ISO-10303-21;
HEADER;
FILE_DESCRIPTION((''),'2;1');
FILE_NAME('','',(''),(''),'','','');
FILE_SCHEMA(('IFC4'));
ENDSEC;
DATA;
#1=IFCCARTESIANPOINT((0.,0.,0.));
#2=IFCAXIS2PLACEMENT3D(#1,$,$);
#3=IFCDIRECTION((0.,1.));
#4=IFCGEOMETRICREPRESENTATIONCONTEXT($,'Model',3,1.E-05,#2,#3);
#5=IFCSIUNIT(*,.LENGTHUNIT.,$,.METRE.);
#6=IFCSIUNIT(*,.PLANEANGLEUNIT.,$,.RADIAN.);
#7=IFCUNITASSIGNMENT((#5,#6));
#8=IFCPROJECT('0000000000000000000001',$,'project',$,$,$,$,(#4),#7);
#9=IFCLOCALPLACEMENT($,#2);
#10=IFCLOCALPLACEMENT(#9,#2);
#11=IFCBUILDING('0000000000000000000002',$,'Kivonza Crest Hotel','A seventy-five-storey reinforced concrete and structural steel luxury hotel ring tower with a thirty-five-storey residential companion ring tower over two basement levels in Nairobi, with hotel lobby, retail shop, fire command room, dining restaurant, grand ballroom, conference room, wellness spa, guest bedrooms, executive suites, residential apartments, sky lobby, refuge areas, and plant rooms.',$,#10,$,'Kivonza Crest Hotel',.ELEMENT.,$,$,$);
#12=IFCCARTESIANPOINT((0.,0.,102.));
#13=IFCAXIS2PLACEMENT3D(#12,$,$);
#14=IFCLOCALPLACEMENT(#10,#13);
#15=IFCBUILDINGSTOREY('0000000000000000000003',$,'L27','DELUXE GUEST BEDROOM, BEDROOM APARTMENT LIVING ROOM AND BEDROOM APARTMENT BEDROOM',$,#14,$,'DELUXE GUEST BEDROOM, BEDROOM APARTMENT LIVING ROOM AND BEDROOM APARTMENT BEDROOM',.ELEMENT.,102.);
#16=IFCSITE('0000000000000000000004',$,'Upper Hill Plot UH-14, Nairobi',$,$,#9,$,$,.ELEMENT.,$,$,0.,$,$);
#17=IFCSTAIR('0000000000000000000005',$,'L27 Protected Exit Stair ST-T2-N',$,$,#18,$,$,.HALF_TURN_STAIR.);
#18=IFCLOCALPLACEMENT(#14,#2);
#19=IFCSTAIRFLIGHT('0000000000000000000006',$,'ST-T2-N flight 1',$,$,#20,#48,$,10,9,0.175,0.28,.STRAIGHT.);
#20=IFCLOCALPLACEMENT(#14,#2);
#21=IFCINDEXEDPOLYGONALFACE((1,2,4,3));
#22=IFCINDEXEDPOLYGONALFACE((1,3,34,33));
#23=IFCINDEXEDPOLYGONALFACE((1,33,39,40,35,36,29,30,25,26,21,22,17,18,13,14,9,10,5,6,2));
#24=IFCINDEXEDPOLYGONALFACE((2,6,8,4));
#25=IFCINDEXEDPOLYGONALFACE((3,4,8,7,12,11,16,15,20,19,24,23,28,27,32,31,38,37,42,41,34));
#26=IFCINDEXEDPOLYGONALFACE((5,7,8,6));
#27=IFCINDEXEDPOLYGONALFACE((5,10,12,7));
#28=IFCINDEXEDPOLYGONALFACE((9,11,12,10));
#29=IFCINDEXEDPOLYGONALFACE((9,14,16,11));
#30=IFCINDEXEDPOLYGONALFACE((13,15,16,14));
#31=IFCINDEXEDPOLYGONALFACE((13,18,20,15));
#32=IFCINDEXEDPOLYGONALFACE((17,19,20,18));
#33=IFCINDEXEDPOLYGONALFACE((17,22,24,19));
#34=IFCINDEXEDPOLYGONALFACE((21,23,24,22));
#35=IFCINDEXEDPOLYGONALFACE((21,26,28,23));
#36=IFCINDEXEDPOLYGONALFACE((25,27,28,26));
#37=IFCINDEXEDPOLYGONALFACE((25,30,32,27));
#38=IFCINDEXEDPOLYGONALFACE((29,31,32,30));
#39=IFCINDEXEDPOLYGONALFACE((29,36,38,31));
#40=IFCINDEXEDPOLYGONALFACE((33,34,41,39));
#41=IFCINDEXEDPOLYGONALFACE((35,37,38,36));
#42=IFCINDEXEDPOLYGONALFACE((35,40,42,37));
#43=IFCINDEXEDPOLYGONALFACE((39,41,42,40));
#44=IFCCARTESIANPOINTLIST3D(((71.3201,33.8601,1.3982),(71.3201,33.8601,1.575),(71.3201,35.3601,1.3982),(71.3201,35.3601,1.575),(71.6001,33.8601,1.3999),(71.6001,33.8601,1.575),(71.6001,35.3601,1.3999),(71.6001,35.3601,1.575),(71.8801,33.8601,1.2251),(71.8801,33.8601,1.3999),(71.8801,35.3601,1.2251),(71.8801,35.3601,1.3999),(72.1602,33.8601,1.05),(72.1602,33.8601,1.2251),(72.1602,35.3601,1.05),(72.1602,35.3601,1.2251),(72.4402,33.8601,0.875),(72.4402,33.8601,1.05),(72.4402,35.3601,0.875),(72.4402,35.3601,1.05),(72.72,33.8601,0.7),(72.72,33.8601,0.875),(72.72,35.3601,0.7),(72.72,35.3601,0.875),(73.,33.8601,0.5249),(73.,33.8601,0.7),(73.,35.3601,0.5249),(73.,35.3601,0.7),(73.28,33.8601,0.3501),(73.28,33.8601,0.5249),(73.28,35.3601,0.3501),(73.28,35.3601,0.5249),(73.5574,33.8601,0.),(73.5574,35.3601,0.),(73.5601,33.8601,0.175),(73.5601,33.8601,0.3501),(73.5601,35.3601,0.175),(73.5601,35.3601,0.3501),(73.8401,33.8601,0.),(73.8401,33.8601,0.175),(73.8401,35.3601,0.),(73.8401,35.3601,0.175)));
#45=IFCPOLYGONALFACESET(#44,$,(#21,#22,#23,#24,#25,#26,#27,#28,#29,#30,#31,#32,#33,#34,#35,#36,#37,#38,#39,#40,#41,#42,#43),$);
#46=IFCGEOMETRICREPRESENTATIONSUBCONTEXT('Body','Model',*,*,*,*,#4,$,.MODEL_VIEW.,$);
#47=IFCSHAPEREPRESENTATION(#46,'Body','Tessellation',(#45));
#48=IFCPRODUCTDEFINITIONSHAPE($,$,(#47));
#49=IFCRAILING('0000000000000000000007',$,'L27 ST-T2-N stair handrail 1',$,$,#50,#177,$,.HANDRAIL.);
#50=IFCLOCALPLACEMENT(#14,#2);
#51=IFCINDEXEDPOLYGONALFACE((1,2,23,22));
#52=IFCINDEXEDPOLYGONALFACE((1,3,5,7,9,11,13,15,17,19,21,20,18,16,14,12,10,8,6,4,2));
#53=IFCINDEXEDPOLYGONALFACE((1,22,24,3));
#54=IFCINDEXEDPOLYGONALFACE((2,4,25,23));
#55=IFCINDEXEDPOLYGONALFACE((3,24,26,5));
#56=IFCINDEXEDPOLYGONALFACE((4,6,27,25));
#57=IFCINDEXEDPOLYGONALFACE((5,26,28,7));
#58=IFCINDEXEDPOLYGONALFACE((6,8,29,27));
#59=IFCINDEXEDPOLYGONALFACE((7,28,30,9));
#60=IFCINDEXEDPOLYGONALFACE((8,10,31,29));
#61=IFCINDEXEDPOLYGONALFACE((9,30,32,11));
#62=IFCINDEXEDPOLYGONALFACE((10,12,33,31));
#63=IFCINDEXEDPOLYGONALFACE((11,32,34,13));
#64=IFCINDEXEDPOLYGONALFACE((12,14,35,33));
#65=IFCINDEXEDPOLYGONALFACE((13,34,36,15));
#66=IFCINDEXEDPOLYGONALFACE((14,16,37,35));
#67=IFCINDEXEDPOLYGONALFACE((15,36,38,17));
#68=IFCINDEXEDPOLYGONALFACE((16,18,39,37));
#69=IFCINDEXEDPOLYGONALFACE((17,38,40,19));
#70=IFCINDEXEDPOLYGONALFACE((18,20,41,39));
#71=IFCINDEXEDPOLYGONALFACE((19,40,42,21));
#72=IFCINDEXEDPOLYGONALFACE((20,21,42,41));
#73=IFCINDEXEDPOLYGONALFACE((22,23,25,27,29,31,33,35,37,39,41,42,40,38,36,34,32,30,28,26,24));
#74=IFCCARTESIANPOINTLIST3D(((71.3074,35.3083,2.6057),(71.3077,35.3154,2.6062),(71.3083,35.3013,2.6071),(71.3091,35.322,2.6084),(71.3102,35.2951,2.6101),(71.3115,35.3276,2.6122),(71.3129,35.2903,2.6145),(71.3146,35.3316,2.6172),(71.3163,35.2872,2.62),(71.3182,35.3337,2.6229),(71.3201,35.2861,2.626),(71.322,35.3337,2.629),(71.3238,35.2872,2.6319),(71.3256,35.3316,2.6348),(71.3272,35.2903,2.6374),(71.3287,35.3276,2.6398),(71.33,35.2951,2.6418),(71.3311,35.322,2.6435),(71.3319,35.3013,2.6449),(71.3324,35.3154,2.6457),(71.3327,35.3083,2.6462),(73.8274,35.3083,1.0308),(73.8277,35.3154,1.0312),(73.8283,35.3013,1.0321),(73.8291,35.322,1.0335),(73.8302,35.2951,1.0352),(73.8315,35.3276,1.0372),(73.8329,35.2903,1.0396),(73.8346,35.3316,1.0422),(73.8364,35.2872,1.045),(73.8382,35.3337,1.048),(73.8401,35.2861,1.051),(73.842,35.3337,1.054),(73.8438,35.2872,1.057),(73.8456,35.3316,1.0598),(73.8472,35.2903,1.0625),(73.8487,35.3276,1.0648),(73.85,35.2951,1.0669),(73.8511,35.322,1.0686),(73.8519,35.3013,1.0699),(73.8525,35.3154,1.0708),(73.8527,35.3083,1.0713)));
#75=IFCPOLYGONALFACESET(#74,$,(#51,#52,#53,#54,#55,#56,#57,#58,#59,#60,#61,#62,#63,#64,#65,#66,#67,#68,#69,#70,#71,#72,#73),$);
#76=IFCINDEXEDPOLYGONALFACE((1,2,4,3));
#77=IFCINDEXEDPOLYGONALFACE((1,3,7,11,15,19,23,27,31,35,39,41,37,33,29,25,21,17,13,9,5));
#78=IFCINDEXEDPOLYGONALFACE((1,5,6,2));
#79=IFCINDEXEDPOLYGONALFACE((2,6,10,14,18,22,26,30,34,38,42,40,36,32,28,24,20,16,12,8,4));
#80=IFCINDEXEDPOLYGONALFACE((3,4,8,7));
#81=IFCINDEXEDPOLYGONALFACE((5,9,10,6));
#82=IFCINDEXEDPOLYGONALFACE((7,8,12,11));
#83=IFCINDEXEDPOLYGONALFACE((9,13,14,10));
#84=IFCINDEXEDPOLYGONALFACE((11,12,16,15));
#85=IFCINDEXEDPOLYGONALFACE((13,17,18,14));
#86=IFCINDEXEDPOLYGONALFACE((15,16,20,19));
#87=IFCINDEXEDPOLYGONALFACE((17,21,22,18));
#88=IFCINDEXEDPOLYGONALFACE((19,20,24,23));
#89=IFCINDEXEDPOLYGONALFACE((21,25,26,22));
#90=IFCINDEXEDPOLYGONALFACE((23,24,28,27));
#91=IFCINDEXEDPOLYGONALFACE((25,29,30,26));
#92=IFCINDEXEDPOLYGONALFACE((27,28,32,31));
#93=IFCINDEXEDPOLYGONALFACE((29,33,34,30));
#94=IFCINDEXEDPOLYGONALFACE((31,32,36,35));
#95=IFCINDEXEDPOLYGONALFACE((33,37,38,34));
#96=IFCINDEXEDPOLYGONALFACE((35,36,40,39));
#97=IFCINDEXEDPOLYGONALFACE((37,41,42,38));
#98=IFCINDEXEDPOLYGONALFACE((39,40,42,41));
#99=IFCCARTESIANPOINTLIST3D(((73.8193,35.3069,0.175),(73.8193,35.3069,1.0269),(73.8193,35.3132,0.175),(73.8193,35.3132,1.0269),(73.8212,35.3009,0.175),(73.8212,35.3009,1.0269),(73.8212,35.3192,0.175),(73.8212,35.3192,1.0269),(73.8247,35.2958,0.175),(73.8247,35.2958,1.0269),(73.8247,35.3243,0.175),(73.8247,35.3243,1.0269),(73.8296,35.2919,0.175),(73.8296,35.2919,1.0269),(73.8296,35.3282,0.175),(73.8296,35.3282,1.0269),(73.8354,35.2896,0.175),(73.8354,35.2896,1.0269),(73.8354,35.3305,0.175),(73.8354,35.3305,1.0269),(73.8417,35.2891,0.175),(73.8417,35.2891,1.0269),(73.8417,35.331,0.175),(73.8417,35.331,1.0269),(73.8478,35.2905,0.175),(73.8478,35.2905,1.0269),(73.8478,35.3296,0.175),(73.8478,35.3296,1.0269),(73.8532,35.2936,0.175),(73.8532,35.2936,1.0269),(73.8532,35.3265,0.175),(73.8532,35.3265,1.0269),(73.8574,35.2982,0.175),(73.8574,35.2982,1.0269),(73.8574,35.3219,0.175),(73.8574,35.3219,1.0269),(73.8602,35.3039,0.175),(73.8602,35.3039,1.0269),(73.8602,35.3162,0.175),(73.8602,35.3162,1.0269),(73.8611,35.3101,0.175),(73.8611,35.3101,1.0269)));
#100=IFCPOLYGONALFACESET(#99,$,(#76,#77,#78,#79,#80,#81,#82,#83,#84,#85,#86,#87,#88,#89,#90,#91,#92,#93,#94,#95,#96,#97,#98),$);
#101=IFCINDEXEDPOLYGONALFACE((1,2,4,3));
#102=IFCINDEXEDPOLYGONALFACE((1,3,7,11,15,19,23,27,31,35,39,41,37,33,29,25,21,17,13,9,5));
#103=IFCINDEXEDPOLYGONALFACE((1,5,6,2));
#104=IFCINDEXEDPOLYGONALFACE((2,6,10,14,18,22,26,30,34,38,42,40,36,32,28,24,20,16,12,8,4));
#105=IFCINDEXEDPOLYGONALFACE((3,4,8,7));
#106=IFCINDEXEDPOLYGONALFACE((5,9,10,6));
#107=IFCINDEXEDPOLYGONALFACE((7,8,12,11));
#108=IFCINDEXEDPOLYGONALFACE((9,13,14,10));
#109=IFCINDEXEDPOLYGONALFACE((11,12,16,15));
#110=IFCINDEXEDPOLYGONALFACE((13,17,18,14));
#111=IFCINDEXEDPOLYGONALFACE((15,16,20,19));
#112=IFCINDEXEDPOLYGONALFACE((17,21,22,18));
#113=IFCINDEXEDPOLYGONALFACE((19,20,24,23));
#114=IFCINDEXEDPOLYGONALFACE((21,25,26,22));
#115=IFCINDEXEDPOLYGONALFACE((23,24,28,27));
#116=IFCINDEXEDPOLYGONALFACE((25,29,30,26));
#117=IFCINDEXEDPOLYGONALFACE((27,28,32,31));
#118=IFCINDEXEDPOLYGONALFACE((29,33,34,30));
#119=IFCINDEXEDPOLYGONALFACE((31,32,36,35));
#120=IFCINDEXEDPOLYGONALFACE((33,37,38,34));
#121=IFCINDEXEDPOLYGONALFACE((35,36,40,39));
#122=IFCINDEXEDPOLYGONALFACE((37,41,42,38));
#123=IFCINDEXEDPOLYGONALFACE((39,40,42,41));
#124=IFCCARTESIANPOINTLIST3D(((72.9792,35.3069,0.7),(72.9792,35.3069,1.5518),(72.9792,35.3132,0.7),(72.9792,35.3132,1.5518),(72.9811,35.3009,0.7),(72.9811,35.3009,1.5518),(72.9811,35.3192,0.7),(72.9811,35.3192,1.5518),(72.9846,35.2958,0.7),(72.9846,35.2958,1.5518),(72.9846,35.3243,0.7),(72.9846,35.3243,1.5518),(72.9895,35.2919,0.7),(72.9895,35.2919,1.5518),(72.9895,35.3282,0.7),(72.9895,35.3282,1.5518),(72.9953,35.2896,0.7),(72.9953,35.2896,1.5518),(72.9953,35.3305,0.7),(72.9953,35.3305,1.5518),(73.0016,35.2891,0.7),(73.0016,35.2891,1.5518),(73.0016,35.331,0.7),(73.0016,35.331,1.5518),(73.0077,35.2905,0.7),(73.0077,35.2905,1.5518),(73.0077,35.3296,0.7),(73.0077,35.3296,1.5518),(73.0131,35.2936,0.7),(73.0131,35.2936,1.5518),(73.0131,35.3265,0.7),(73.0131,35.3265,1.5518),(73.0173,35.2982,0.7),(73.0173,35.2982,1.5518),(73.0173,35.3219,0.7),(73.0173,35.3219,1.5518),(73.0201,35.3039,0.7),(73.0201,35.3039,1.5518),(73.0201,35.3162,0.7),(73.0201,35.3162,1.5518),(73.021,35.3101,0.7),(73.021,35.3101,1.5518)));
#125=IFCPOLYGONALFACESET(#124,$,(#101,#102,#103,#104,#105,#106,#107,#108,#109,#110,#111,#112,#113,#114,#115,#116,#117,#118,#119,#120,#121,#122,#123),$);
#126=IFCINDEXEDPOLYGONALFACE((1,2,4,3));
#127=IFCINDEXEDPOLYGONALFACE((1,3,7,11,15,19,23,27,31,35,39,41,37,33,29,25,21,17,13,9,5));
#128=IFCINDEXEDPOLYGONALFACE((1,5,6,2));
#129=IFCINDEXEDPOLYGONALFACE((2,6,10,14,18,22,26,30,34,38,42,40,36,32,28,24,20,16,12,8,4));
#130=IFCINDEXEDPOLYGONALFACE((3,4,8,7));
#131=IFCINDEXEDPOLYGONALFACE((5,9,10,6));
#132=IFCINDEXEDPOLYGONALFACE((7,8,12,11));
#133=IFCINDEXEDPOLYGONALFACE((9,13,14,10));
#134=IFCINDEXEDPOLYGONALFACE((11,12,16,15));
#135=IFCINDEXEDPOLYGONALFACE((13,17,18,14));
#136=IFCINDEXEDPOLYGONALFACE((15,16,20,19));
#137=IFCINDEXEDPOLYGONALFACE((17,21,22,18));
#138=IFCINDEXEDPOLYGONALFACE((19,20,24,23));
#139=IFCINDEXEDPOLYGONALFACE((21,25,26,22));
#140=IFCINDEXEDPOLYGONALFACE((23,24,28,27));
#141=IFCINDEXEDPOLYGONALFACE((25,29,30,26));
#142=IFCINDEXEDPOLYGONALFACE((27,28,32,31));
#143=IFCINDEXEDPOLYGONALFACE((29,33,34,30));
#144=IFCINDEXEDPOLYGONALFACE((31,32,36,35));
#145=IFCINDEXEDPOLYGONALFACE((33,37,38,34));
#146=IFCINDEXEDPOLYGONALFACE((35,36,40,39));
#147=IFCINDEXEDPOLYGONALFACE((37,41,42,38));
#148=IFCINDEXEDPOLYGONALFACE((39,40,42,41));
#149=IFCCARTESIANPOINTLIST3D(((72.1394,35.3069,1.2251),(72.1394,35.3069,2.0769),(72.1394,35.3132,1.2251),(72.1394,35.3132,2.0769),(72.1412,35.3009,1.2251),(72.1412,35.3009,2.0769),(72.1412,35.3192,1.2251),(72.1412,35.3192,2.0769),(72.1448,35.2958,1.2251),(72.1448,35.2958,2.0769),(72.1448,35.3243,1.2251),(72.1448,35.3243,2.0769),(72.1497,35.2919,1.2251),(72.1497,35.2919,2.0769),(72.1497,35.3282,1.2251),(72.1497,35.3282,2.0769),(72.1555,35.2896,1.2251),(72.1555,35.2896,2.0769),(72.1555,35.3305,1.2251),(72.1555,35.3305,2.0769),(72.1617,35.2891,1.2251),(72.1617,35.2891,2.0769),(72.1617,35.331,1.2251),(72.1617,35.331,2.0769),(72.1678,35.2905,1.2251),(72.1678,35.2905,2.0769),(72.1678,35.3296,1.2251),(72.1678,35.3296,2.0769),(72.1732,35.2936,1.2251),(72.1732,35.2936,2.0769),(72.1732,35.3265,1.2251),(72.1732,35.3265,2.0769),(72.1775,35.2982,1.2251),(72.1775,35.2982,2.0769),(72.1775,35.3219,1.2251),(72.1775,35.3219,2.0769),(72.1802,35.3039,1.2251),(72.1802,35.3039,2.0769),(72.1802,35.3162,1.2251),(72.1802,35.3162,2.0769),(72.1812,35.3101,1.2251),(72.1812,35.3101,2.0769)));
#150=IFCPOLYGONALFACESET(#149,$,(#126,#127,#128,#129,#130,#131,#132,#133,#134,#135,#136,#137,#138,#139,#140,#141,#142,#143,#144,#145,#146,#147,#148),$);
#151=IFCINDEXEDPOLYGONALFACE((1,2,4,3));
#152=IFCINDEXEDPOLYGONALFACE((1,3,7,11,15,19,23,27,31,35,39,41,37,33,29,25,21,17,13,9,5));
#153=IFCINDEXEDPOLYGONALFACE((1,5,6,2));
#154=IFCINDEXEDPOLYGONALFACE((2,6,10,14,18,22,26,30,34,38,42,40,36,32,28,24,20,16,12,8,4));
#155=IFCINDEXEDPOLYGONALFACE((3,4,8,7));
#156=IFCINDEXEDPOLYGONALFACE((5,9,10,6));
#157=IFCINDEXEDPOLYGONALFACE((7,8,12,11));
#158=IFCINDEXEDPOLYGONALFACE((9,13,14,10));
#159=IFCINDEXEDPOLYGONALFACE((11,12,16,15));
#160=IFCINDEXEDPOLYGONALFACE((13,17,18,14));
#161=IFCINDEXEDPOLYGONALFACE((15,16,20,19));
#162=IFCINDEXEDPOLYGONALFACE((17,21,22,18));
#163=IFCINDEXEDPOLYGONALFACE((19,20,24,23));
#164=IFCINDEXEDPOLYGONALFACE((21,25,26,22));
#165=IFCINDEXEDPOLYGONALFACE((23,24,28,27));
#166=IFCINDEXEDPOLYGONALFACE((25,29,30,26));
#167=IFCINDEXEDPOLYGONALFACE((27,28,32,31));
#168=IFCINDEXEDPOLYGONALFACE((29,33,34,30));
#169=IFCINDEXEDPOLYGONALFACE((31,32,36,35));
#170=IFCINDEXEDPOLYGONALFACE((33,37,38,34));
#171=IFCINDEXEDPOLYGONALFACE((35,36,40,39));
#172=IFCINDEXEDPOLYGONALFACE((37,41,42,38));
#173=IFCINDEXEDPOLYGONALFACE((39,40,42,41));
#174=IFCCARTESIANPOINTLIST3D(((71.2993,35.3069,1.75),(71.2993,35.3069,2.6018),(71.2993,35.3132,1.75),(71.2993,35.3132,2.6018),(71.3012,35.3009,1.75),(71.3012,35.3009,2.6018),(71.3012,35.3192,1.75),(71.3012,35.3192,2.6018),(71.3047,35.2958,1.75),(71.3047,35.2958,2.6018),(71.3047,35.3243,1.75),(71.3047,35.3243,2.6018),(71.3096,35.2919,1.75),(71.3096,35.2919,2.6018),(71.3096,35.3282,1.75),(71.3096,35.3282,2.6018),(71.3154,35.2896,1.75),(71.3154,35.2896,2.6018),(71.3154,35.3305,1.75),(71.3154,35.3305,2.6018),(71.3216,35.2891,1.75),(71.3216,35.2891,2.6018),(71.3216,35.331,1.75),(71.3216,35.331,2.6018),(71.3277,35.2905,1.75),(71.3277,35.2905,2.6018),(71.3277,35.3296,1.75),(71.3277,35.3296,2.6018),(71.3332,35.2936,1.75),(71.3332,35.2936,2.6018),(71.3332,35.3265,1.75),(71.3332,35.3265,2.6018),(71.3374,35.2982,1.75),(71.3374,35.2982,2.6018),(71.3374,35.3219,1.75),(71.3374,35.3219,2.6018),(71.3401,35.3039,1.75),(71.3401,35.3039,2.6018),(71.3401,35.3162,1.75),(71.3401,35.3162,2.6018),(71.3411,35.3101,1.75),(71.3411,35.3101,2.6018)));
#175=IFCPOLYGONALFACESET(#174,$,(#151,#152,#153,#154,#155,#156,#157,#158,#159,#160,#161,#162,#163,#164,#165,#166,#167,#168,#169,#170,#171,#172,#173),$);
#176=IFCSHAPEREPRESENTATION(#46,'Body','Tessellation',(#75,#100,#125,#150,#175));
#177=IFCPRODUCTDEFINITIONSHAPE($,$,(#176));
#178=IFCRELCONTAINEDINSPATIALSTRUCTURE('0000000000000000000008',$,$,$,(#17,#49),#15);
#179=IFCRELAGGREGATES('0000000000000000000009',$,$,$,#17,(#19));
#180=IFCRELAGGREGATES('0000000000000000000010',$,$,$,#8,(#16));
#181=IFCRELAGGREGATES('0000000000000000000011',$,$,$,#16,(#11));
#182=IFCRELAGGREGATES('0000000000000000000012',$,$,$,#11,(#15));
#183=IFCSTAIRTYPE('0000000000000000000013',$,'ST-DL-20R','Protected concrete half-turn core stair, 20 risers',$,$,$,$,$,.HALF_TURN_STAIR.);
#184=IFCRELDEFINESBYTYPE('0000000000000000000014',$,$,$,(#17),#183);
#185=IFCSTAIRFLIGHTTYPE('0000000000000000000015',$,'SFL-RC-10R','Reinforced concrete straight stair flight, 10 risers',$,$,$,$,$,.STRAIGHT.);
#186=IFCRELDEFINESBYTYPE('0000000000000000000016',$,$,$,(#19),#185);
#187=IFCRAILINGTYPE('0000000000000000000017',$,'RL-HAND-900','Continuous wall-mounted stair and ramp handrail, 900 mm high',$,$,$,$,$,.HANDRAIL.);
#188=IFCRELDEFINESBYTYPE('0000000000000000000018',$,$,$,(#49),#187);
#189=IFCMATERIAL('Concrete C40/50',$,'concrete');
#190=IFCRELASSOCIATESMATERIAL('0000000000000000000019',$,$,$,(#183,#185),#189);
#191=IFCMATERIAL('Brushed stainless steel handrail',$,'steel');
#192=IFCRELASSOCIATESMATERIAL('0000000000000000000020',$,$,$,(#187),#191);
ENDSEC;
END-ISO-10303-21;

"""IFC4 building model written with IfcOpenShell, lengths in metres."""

from ifc_helpers import new_model, si_unit, direction, frame, origin, origin_2d, place, context, subcontext, project, spatial, polyline, circle, outline, extrude, material, type_object, element, aggregate, save


model = new_model("IFC4")

# Units and contexts
model_context = context("Model", 3, precision=1e-05, world=origin(), true_north=direction((0.0, 1.0)))
body_context = subcontext(model_context, "Body", "Model", "MODEL_VIEW")
ifc_project = project(units=[si_unit("LENGTHUNIT", "METRE"), si_unit("PLANEANGLEUNIT", "RADIAN")], contexts=[model_context])

# Site, building, storey
site_placement = place(None, origin())
site = spatial("IfcSite", under=ifc_project, at=site_placement, Name="Upper Hill Plot UH-14, Nairobi", CompositionType="ELEMENT", RefElevation=0.0)
building_placement = place(site_placement, origin())
building = spatial("IfcBuilding", under=site, at=building_placement, Name="Kivonza Crest Hotel", Description="A seventy-five-storey reinforced concrete and structural steel luxury hotel ring tower with a thirty-five-storey residential companion ring tower over two basement levels in Nairobi, with hotel lobby, retail shop, fire command room, dining restaurant, grand ballroom, conference room, wellness spa, guest bedrooms, executive suites, residential apartments, sky lobby, refuge areas, and plant rooms.", LongName="Kivonza Crest Hotel", CompositionType="ELEMENT")
storey_placement = place(building_placement, frame((0.0, 0.0, 102.0)))
storey = spatial("IfcBuildingStorey", under=building, at=storey_placement, Name="L27", Description="DELUXE GUEST BEDROOM, BEDROOM APARTMENT LIVING ROOM AND BEDROOM APARTMENT BEDROOM", LongName="DELUXE GUEST BEDROOM, BEDROOM APARTMENT LIVING ROOM AND BEDROOM APARTMENT BEDROOM", CompositionType="ELEMENT", Elevation=102.0)

# Stair, stair flight
ifc_material_1 = material(Name="Concrete C40/50", Category="concrete")
stair_type = type_object("IfcStairType", Name="ST-DL-20R", Description="Protected concrete half-turn core stair, 20 risers", PredefinedType="HALF_TURN_STAIR", material=ifc_material_1)
stair_placement = place(storey_placement, origin())
stair = element("IfcStair", 1, at=stair_placement, inside=storey, type_object=stair_type, Name="L27 Protected Exit Stair ST-T2-N", PredefinedType="HALF_TURN_STAIR")
stair_flight_type = type_object("IfcStairFlightType", Name="SFL-RC-10R", Description="Reinforced concrete straight stair flight, 10 risers", PredefinedType="STRAIGHT", material=ifc_material_1)
stair_flight_placement = place(storey_placement, frame((73.8401, 34.6101, 0.0), z_axis=(0.0, 0.0, 1.0), x_axis=(-1.0, 0.0, 0.0)))
stair_flight = element("IfcStairFlight", 2, at=stair_flight_placement, type_object=stair_flight_type, Name="ST-T2-N flight 1", NumberOfRisers=10, NumberOfTreads=9, PredefinedType="STRAIGHT", RiserHeight=0.175, TreadLength=0.28, context=body_context, shape_type="SweptSolid", body=[
    extrude(outline(polyline([(0.0, 0.0), (0.0, 0.175), (0.28, 0.175), (0.28, 0.3501), (0.5601, 0.3501), (0.5601, 0.5249), (0.8401, 0.5249), (0.8401, 0.7), (1.1201, 0.7), (1.1201, 0.875), (1.3999, 0.875), (1.3999, 1.05), (1.6799, 1.05), (1.6799, 1.2251), (1.96, 1.2251), (1.96, 1.3999), (2.24, 1.3999), (2.24, 1.575), (2.52, 1.575), (2.52, 1.75), (2.52, 1.3982), (0.2827, 0.0), (0.0, 0.0)])), frame((0.0, 0.75, 0.0), z_axis=(0.0, -1.0, 0.0), x_axis=(1.0, 0.0, 0.0)), (0.0, 0.0, 1.0), 1.5),
])
aggregate(stair, [stair_flight])

# Railing
ifc_material_2 = material(Name="Brushed stainless steel handrail", Category="steel")
railing_type_1 = type_object("IfcRailingType", Name="RL-HAND-900", Description="Continuous wall-mounted stair and ramp handrail, 900 mm high", PredefinedType="HANDRAIL", material=ifc_material_2)
railing_1_placement = place(storey_placement, frame((73.8401, 35.3101, 0.175)))
element("IfcRailing", 3, at=railing_1_placement, inside=storey, type_object=railing_type_1, Name="L27 ST-T2-N stair handrail 1", PredefinedType="HANDRAIL", context=body_context, shape_type="SweptSolid", body=[
    extrude(circle(Radius=0.0239, at=origin_2d()), frame((0.0, 0.0, 0.876), z_axis=(-0.848008, 0.0, 0.529984), x_axis=(0.0, -1.0, 0.0)), (0.0, 0.0, 1.0), 2.9717),
    extrude(circle(Radius=0.021, at=origin_2d()), origin(), (0.0, 0.0, 1.0), 0.8518),
    extrude(circle(Radius=0.021, at=origin_2d()), frame((-0.8401, 0.0, 0.5249)), (0.0, 0.0, 1.0), 0.8518),
    extrude(circle(Radius=0.021, at=origin_2d()), frame((-1.6799, 0.0, 1.05)), (0.0, 0.0, 1.0), 0.8518),
    extrude(circle(Radius=0.021, at=origin_2d()), frame((-2.52, 0.0, 1.575)), (0.0, 0.0, 1.0), 0.8518),
])

save(model, "model.ifc")
